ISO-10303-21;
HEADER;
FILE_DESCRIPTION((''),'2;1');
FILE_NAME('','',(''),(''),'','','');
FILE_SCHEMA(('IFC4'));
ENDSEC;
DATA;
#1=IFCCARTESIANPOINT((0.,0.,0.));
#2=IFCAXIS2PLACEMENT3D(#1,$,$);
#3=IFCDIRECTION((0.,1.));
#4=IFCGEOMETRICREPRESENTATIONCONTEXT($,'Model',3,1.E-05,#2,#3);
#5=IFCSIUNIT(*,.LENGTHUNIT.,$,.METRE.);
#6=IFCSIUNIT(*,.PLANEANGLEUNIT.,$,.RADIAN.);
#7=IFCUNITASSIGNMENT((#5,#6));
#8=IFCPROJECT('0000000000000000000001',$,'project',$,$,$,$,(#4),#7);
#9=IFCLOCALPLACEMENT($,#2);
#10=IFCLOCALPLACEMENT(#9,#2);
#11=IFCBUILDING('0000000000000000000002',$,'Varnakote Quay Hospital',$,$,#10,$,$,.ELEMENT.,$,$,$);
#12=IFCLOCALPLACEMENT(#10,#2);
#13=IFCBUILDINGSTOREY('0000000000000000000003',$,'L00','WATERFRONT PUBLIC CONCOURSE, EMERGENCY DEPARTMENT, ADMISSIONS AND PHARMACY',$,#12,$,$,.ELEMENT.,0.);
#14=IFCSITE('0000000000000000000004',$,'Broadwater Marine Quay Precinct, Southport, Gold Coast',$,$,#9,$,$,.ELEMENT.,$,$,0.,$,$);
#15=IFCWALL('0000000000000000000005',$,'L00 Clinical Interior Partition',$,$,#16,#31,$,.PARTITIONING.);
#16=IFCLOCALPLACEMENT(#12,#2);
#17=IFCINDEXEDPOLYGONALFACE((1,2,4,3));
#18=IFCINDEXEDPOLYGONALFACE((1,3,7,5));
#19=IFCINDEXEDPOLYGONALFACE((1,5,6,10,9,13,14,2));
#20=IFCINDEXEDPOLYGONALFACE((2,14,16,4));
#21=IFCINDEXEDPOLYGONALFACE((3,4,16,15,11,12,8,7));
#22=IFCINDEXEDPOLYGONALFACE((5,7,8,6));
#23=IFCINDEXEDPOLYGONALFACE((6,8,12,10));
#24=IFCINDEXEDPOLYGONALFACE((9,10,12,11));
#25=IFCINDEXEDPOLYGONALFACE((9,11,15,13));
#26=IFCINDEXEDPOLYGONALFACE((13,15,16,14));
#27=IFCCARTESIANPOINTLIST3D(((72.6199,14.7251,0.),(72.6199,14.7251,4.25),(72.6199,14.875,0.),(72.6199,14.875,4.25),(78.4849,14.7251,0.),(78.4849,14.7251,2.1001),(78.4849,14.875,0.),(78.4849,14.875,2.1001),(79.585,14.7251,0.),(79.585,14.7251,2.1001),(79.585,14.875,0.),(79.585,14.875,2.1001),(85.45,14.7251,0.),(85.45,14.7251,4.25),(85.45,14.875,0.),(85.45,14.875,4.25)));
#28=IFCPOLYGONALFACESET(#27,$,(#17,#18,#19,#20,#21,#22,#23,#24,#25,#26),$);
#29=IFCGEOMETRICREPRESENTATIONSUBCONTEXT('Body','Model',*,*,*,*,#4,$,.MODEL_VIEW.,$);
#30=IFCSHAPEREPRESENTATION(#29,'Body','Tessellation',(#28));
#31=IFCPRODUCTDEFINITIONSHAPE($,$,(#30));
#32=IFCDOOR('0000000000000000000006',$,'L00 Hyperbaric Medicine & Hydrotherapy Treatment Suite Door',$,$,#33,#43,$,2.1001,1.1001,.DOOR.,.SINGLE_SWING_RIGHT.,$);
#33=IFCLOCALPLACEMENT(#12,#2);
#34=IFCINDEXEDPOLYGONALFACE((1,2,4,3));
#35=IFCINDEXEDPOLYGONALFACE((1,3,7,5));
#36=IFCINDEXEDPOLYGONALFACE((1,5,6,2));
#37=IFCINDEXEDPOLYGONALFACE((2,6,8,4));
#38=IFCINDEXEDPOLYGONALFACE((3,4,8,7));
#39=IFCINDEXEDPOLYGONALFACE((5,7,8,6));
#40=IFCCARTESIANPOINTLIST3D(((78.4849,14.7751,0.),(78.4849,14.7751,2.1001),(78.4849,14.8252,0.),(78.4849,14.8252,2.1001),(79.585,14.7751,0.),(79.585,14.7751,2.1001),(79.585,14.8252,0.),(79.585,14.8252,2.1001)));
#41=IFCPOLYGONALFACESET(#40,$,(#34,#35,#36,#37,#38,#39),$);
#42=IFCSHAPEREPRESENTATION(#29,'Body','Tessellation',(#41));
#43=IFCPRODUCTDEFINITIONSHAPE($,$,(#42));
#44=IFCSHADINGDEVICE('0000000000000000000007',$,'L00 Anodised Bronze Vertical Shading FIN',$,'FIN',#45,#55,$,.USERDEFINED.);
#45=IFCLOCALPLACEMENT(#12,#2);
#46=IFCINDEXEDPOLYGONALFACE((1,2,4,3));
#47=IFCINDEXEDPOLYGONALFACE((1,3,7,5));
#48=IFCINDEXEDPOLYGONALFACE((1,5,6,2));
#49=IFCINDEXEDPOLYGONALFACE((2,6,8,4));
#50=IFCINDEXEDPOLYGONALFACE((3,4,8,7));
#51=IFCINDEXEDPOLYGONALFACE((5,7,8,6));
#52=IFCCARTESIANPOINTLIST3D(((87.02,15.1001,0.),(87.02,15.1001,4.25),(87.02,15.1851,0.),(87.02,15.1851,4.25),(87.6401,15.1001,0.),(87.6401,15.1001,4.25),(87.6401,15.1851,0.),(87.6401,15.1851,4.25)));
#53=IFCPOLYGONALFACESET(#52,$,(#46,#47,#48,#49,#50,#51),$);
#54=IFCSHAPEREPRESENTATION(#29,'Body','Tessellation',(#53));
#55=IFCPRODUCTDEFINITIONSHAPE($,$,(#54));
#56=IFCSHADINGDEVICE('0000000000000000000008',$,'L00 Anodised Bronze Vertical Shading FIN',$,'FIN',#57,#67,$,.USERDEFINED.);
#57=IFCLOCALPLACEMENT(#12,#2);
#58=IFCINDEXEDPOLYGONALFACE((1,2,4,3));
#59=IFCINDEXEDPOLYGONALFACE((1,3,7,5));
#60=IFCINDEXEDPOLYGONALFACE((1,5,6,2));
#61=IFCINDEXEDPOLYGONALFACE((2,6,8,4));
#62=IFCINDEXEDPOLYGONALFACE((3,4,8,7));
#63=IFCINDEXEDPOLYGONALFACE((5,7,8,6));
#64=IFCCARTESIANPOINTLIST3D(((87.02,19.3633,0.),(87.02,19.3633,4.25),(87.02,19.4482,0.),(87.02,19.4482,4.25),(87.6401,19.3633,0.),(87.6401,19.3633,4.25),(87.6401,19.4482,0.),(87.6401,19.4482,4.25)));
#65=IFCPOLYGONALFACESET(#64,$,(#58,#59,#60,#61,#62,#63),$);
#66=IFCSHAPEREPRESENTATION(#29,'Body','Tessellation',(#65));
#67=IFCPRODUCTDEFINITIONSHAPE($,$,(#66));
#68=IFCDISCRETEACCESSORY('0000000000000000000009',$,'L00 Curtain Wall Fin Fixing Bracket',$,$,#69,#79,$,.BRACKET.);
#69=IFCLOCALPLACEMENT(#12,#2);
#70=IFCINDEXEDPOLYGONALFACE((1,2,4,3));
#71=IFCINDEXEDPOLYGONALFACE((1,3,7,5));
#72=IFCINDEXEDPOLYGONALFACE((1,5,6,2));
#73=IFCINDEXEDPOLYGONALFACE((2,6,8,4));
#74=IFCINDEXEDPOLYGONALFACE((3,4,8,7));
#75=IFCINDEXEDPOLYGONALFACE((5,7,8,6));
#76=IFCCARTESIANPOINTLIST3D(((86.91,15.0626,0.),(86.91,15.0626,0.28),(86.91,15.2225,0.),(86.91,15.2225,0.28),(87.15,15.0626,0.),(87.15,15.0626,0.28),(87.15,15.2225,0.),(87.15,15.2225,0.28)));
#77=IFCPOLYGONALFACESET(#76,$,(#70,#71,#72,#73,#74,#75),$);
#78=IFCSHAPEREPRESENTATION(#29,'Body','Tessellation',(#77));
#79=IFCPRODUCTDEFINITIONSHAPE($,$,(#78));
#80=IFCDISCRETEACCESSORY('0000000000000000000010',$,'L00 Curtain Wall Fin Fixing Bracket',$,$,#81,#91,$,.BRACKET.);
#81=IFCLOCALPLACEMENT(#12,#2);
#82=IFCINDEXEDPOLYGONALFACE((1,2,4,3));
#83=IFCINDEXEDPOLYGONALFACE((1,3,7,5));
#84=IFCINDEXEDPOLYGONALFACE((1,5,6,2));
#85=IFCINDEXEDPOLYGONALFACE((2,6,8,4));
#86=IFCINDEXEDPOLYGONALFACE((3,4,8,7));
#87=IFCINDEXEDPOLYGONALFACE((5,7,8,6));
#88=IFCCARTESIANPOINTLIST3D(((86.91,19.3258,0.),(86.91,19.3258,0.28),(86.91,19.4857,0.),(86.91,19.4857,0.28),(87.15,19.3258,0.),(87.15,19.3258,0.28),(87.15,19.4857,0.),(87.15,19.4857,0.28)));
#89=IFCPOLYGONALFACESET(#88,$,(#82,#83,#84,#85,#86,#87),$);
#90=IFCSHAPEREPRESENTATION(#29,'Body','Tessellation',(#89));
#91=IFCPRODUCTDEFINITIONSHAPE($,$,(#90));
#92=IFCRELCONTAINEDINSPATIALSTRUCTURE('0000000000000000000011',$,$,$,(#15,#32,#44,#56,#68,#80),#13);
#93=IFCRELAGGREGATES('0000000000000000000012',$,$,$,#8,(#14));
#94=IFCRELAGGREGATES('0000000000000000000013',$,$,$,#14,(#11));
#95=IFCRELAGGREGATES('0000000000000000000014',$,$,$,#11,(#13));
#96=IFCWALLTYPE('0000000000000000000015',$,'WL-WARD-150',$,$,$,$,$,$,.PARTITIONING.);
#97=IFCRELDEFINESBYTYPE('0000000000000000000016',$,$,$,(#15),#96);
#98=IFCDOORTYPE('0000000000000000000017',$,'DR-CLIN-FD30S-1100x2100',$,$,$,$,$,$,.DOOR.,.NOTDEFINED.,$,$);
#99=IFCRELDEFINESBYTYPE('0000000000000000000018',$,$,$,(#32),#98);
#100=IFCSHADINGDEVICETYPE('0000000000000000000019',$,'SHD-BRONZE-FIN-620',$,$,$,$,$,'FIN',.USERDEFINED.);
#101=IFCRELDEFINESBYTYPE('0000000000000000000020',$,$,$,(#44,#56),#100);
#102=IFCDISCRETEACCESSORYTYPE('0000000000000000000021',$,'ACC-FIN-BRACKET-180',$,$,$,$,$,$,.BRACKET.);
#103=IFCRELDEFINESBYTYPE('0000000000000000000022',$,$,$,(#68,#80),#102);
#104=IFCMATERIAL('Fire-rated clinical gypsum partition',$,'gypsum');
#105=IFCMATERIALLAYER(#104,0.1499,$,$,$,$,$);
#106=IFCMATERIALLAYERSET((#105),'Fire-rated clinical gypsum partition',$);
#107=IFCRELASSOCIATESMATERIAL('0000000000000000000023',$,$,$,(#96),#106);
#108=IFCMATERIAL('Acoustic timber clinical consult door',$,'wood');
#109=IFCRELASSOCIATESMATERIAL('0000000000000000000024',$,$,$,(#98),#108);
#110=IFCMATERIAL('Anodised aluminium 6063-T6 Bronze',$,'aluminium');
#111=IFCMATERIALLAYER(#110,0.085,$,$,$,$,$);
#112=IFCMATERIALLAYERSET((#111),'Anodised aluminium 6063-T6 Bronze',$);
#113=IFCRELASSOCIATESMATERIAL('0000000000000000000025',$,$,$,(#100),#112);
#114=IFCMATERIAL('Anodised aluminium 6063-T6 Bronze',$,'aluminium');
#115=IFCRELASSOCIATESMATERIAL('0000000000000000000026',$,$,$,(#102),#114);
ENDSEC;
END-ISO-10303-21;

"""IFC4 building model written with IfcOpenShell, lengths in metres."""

from ifc_helpers import new_model, si_unit, direction, frame, frame_2d, origin, origin_2d, place, context, subcontext, project, spatial, rectangle, extrude, material, layer, layer_set, type_object, element, fill, save


model = new_model("IFC4")

# Units and contexts
model_context = context("Model", 3, precision=1e-05, world=origin(), true_north=direction((0.0, 1.0)))
body_context = subcontext(model_context, "Body", "Model", "MODEL_VIEW")
ifc_project = project(units=[si_unit("LENGTHUNIT", "METRE"), si_unit("PLANEANGLEUNIT", "RADIAN")], contexts=[model_context])

# Site, building, storey
site_placement = place(None, origin())
site = spatial("IfcSite", under=ifc_project, at=site_placement, Name="Broadwater Marine Quay Precinct, Southport, Gold Coast", CompositionType="ELEMENT", RefElevation=0.0)
building_placement = place(site_placement, origin())
building = spatial("IfcBuilding", under=site, at=building_placement, Name="Varnakote Quay Hospital", CompositionType="ELEMENT")
storey_placement = place(building_placement, origin())
storey = spatial("IfcBuildingStorey", under=building, at=storey_placement, Name="L00", Description="WATERFRONT PUBLIC CONCOURSE, EMERGENCY DEPARTMENT, ADMISSIONS AND PHARMACY", CompositionType="ELEMENT", Elevation=0.0)

# Wall, opening, door
ifc_material_1 = material(Name="Fire-rated clinical gypsum partition", Category="gypsum")
ifc_layer_1 = layer(ifc_material_1, 0.1499)
ifc_layer_set_1 = layer_set([ifc_layer_1], Name="Fire-rated clinical gypsum partition")
wall_type_1 = type_object("IfcWallType", Name="WL-WARD-150", PredefinedType="PARTITIONING", material=ifc_layer_set_1)
ifc_material_2 = material(Name="Acoustic timber clinical consult door", Category="wood")
door_type_1 = type_object("IfcDoorType", Name="DR-CLIN-FD30S-1100x2100", OperationType="NOTDEFINED", PredefinedType="DOOR", material=ifc_material_2)
wall_1_placement = place(storey_placement, frame((85.45, 14.8, 0.0), z_axis=(0.0, 0.0, 1.0), x_axis=(-1.0, 0.0, 0.0)))
wall_1 = element("IfcWall", 1, at=wall_1_placement, inside=storey, type_object=wall_type_1, Name="L00 Clinical Interior Partition", PredefinedType="PARTITIONING", context=body_context, shape_type="SweptSolid", body=[
    extrude(rectangle(XDim=12.8301, YDim=0.1499, at=frame_2d((6.415, 0.0))), origin(), (0.0, 0.0, 1.0), 4.25),
])
opening_1_placement = place(wall_1_placement, frame((5.865, 0.0, 0.0)))
opening_1 = element("IfcOpeningElement", 2, at=opening_1_placement, cuts=wall_1, PredefinedType="OPENING", context=body_context, shape_type="SweptSolid", body=[
    extrude(rectangle(XDim=1.1001, YDim=2.1001, at=frame_2d((0.55, 1.05))), frame((0.0, 0.085, 0.0), z_axis=(0.0, -1.0, 0.0), x_axis=(1.0, 0.0, 0.0)), (0.0, 0.0, 1.0), 0.1699),
])
door_1_placement = place(opening_1_placement, origin())
door_1 = element("IfcDoor", 3, at=door_1_placement, inside=storey, type_object=door_type_1, Name="L00 Hyperbaric Medicine & Hydrotherapy Treatment Suite Door", OperationType="SINGLE_SWING_RIGHT", OverallHeight=2.1001, OverallWidth=1.1001, PredefinedType="DOOR", context=body_context, shape_type="SweptSolid", body=[
    extrude(rectangle(XDim=1.1001, YDim=2.1001, at=frame_2d((0.55, 1.05))), frame((0.0, 0.0249, 0.0), z_axis=(0.0, -1.0, 0.0), x_axis=(1.0, 0.0, 0.0)), (0.0, 0.0, 1.0), 0.05),
])
fill(opening_1, door_1)

# Shading devices
ifc_material_3 = material(Name="Anodised aluminium 6063-T6 Bronze", Category="aluminium")
ifc_layer_2 = layer(ifc_material_3, 0.085)
ifc_layer_set_2 = layer_set([ifc_layer_2], Name="Anodised aluminium 6063-T6 Bronze")
shading_device_type = type_object("IfcShadingDeviceType", Name="SHD-BRONZE-FIN-620", ElementType="FIN", PredefinedType="USERDEFINED", material=ifc_layer_set_2)
for number, where, z_axis, x_axis, name in (
    (4, (87.3301, 15.1426, 0.0), (0.0, 0.0, 1.0), (-1.0, 0.0, 0.0), "L00 Anodised Bronze Vertical Shading FIN"),
    (5, (87.3301, 19.4058, 0.0), (0.0, 0.0, 1.0), (-1.0, 0.0, 0.0), "L00 Anodised Bronze Vertical Shading FIN"),
):
    element("IfcShadingDevice", number, at=place(storey_placement, frame(where, z_axis=z_axis, x_axis=x_axis)), inside=storey, type_object=shading_device_type, Name=name, ObjectType="FIN", PredefinedType="USERDEFINED", context=body_context, shape_type="SweptSolid", body=[
        extrude(rectangle(XDim=0.6201, YDim=0.085, at=origin_2d()), origin(), (0.0, 0.0, 1.0), 4.25),
    ])

# Discrete accessories
ifc_material_4 = material(Name="Anodised aluminium 6063-T6 Bronze", Category="aluminium")
discrete_accessory_type = type_object("IfcDiscreteAccessoryType", Name="ACC-FIN-BRACKET-180", PredefinedType="BRACKET", material=ifc_material_4)
for number, where, z_axis, x_axis, name in (
    (6, (87.03, 15.1426, 0.0), (0.0, 0.0, 1.0), (0.0, 1.0, 0.0), "L00 Curtain Wall Fin Fixing Bracket"),
    (7, (87.03, 19.4058, 0.0), (0.0, 0.0, 1.0), (0.0, 1.0, 0.0), "L00 Curtain Wall Fin Fixing Bracket"),
):
    element("IfcDiscreteAccessory", number, at=place(storey_placement, frame(where, z_axis=z_axis, x_axis=x_axis)), inside=storey, type_object=discrete_accessory_type, Name=name, PredefinedType="BRACKET", context=body_context, shape_type="SweptSolid", body=[
        extrude(rectangle(XDim=0.1599, YDim=0.24, at=origin_2d()), origin(), (0.0, 0.0, 1.0), 0.28),
    ])

save(model, "model.ifc")
